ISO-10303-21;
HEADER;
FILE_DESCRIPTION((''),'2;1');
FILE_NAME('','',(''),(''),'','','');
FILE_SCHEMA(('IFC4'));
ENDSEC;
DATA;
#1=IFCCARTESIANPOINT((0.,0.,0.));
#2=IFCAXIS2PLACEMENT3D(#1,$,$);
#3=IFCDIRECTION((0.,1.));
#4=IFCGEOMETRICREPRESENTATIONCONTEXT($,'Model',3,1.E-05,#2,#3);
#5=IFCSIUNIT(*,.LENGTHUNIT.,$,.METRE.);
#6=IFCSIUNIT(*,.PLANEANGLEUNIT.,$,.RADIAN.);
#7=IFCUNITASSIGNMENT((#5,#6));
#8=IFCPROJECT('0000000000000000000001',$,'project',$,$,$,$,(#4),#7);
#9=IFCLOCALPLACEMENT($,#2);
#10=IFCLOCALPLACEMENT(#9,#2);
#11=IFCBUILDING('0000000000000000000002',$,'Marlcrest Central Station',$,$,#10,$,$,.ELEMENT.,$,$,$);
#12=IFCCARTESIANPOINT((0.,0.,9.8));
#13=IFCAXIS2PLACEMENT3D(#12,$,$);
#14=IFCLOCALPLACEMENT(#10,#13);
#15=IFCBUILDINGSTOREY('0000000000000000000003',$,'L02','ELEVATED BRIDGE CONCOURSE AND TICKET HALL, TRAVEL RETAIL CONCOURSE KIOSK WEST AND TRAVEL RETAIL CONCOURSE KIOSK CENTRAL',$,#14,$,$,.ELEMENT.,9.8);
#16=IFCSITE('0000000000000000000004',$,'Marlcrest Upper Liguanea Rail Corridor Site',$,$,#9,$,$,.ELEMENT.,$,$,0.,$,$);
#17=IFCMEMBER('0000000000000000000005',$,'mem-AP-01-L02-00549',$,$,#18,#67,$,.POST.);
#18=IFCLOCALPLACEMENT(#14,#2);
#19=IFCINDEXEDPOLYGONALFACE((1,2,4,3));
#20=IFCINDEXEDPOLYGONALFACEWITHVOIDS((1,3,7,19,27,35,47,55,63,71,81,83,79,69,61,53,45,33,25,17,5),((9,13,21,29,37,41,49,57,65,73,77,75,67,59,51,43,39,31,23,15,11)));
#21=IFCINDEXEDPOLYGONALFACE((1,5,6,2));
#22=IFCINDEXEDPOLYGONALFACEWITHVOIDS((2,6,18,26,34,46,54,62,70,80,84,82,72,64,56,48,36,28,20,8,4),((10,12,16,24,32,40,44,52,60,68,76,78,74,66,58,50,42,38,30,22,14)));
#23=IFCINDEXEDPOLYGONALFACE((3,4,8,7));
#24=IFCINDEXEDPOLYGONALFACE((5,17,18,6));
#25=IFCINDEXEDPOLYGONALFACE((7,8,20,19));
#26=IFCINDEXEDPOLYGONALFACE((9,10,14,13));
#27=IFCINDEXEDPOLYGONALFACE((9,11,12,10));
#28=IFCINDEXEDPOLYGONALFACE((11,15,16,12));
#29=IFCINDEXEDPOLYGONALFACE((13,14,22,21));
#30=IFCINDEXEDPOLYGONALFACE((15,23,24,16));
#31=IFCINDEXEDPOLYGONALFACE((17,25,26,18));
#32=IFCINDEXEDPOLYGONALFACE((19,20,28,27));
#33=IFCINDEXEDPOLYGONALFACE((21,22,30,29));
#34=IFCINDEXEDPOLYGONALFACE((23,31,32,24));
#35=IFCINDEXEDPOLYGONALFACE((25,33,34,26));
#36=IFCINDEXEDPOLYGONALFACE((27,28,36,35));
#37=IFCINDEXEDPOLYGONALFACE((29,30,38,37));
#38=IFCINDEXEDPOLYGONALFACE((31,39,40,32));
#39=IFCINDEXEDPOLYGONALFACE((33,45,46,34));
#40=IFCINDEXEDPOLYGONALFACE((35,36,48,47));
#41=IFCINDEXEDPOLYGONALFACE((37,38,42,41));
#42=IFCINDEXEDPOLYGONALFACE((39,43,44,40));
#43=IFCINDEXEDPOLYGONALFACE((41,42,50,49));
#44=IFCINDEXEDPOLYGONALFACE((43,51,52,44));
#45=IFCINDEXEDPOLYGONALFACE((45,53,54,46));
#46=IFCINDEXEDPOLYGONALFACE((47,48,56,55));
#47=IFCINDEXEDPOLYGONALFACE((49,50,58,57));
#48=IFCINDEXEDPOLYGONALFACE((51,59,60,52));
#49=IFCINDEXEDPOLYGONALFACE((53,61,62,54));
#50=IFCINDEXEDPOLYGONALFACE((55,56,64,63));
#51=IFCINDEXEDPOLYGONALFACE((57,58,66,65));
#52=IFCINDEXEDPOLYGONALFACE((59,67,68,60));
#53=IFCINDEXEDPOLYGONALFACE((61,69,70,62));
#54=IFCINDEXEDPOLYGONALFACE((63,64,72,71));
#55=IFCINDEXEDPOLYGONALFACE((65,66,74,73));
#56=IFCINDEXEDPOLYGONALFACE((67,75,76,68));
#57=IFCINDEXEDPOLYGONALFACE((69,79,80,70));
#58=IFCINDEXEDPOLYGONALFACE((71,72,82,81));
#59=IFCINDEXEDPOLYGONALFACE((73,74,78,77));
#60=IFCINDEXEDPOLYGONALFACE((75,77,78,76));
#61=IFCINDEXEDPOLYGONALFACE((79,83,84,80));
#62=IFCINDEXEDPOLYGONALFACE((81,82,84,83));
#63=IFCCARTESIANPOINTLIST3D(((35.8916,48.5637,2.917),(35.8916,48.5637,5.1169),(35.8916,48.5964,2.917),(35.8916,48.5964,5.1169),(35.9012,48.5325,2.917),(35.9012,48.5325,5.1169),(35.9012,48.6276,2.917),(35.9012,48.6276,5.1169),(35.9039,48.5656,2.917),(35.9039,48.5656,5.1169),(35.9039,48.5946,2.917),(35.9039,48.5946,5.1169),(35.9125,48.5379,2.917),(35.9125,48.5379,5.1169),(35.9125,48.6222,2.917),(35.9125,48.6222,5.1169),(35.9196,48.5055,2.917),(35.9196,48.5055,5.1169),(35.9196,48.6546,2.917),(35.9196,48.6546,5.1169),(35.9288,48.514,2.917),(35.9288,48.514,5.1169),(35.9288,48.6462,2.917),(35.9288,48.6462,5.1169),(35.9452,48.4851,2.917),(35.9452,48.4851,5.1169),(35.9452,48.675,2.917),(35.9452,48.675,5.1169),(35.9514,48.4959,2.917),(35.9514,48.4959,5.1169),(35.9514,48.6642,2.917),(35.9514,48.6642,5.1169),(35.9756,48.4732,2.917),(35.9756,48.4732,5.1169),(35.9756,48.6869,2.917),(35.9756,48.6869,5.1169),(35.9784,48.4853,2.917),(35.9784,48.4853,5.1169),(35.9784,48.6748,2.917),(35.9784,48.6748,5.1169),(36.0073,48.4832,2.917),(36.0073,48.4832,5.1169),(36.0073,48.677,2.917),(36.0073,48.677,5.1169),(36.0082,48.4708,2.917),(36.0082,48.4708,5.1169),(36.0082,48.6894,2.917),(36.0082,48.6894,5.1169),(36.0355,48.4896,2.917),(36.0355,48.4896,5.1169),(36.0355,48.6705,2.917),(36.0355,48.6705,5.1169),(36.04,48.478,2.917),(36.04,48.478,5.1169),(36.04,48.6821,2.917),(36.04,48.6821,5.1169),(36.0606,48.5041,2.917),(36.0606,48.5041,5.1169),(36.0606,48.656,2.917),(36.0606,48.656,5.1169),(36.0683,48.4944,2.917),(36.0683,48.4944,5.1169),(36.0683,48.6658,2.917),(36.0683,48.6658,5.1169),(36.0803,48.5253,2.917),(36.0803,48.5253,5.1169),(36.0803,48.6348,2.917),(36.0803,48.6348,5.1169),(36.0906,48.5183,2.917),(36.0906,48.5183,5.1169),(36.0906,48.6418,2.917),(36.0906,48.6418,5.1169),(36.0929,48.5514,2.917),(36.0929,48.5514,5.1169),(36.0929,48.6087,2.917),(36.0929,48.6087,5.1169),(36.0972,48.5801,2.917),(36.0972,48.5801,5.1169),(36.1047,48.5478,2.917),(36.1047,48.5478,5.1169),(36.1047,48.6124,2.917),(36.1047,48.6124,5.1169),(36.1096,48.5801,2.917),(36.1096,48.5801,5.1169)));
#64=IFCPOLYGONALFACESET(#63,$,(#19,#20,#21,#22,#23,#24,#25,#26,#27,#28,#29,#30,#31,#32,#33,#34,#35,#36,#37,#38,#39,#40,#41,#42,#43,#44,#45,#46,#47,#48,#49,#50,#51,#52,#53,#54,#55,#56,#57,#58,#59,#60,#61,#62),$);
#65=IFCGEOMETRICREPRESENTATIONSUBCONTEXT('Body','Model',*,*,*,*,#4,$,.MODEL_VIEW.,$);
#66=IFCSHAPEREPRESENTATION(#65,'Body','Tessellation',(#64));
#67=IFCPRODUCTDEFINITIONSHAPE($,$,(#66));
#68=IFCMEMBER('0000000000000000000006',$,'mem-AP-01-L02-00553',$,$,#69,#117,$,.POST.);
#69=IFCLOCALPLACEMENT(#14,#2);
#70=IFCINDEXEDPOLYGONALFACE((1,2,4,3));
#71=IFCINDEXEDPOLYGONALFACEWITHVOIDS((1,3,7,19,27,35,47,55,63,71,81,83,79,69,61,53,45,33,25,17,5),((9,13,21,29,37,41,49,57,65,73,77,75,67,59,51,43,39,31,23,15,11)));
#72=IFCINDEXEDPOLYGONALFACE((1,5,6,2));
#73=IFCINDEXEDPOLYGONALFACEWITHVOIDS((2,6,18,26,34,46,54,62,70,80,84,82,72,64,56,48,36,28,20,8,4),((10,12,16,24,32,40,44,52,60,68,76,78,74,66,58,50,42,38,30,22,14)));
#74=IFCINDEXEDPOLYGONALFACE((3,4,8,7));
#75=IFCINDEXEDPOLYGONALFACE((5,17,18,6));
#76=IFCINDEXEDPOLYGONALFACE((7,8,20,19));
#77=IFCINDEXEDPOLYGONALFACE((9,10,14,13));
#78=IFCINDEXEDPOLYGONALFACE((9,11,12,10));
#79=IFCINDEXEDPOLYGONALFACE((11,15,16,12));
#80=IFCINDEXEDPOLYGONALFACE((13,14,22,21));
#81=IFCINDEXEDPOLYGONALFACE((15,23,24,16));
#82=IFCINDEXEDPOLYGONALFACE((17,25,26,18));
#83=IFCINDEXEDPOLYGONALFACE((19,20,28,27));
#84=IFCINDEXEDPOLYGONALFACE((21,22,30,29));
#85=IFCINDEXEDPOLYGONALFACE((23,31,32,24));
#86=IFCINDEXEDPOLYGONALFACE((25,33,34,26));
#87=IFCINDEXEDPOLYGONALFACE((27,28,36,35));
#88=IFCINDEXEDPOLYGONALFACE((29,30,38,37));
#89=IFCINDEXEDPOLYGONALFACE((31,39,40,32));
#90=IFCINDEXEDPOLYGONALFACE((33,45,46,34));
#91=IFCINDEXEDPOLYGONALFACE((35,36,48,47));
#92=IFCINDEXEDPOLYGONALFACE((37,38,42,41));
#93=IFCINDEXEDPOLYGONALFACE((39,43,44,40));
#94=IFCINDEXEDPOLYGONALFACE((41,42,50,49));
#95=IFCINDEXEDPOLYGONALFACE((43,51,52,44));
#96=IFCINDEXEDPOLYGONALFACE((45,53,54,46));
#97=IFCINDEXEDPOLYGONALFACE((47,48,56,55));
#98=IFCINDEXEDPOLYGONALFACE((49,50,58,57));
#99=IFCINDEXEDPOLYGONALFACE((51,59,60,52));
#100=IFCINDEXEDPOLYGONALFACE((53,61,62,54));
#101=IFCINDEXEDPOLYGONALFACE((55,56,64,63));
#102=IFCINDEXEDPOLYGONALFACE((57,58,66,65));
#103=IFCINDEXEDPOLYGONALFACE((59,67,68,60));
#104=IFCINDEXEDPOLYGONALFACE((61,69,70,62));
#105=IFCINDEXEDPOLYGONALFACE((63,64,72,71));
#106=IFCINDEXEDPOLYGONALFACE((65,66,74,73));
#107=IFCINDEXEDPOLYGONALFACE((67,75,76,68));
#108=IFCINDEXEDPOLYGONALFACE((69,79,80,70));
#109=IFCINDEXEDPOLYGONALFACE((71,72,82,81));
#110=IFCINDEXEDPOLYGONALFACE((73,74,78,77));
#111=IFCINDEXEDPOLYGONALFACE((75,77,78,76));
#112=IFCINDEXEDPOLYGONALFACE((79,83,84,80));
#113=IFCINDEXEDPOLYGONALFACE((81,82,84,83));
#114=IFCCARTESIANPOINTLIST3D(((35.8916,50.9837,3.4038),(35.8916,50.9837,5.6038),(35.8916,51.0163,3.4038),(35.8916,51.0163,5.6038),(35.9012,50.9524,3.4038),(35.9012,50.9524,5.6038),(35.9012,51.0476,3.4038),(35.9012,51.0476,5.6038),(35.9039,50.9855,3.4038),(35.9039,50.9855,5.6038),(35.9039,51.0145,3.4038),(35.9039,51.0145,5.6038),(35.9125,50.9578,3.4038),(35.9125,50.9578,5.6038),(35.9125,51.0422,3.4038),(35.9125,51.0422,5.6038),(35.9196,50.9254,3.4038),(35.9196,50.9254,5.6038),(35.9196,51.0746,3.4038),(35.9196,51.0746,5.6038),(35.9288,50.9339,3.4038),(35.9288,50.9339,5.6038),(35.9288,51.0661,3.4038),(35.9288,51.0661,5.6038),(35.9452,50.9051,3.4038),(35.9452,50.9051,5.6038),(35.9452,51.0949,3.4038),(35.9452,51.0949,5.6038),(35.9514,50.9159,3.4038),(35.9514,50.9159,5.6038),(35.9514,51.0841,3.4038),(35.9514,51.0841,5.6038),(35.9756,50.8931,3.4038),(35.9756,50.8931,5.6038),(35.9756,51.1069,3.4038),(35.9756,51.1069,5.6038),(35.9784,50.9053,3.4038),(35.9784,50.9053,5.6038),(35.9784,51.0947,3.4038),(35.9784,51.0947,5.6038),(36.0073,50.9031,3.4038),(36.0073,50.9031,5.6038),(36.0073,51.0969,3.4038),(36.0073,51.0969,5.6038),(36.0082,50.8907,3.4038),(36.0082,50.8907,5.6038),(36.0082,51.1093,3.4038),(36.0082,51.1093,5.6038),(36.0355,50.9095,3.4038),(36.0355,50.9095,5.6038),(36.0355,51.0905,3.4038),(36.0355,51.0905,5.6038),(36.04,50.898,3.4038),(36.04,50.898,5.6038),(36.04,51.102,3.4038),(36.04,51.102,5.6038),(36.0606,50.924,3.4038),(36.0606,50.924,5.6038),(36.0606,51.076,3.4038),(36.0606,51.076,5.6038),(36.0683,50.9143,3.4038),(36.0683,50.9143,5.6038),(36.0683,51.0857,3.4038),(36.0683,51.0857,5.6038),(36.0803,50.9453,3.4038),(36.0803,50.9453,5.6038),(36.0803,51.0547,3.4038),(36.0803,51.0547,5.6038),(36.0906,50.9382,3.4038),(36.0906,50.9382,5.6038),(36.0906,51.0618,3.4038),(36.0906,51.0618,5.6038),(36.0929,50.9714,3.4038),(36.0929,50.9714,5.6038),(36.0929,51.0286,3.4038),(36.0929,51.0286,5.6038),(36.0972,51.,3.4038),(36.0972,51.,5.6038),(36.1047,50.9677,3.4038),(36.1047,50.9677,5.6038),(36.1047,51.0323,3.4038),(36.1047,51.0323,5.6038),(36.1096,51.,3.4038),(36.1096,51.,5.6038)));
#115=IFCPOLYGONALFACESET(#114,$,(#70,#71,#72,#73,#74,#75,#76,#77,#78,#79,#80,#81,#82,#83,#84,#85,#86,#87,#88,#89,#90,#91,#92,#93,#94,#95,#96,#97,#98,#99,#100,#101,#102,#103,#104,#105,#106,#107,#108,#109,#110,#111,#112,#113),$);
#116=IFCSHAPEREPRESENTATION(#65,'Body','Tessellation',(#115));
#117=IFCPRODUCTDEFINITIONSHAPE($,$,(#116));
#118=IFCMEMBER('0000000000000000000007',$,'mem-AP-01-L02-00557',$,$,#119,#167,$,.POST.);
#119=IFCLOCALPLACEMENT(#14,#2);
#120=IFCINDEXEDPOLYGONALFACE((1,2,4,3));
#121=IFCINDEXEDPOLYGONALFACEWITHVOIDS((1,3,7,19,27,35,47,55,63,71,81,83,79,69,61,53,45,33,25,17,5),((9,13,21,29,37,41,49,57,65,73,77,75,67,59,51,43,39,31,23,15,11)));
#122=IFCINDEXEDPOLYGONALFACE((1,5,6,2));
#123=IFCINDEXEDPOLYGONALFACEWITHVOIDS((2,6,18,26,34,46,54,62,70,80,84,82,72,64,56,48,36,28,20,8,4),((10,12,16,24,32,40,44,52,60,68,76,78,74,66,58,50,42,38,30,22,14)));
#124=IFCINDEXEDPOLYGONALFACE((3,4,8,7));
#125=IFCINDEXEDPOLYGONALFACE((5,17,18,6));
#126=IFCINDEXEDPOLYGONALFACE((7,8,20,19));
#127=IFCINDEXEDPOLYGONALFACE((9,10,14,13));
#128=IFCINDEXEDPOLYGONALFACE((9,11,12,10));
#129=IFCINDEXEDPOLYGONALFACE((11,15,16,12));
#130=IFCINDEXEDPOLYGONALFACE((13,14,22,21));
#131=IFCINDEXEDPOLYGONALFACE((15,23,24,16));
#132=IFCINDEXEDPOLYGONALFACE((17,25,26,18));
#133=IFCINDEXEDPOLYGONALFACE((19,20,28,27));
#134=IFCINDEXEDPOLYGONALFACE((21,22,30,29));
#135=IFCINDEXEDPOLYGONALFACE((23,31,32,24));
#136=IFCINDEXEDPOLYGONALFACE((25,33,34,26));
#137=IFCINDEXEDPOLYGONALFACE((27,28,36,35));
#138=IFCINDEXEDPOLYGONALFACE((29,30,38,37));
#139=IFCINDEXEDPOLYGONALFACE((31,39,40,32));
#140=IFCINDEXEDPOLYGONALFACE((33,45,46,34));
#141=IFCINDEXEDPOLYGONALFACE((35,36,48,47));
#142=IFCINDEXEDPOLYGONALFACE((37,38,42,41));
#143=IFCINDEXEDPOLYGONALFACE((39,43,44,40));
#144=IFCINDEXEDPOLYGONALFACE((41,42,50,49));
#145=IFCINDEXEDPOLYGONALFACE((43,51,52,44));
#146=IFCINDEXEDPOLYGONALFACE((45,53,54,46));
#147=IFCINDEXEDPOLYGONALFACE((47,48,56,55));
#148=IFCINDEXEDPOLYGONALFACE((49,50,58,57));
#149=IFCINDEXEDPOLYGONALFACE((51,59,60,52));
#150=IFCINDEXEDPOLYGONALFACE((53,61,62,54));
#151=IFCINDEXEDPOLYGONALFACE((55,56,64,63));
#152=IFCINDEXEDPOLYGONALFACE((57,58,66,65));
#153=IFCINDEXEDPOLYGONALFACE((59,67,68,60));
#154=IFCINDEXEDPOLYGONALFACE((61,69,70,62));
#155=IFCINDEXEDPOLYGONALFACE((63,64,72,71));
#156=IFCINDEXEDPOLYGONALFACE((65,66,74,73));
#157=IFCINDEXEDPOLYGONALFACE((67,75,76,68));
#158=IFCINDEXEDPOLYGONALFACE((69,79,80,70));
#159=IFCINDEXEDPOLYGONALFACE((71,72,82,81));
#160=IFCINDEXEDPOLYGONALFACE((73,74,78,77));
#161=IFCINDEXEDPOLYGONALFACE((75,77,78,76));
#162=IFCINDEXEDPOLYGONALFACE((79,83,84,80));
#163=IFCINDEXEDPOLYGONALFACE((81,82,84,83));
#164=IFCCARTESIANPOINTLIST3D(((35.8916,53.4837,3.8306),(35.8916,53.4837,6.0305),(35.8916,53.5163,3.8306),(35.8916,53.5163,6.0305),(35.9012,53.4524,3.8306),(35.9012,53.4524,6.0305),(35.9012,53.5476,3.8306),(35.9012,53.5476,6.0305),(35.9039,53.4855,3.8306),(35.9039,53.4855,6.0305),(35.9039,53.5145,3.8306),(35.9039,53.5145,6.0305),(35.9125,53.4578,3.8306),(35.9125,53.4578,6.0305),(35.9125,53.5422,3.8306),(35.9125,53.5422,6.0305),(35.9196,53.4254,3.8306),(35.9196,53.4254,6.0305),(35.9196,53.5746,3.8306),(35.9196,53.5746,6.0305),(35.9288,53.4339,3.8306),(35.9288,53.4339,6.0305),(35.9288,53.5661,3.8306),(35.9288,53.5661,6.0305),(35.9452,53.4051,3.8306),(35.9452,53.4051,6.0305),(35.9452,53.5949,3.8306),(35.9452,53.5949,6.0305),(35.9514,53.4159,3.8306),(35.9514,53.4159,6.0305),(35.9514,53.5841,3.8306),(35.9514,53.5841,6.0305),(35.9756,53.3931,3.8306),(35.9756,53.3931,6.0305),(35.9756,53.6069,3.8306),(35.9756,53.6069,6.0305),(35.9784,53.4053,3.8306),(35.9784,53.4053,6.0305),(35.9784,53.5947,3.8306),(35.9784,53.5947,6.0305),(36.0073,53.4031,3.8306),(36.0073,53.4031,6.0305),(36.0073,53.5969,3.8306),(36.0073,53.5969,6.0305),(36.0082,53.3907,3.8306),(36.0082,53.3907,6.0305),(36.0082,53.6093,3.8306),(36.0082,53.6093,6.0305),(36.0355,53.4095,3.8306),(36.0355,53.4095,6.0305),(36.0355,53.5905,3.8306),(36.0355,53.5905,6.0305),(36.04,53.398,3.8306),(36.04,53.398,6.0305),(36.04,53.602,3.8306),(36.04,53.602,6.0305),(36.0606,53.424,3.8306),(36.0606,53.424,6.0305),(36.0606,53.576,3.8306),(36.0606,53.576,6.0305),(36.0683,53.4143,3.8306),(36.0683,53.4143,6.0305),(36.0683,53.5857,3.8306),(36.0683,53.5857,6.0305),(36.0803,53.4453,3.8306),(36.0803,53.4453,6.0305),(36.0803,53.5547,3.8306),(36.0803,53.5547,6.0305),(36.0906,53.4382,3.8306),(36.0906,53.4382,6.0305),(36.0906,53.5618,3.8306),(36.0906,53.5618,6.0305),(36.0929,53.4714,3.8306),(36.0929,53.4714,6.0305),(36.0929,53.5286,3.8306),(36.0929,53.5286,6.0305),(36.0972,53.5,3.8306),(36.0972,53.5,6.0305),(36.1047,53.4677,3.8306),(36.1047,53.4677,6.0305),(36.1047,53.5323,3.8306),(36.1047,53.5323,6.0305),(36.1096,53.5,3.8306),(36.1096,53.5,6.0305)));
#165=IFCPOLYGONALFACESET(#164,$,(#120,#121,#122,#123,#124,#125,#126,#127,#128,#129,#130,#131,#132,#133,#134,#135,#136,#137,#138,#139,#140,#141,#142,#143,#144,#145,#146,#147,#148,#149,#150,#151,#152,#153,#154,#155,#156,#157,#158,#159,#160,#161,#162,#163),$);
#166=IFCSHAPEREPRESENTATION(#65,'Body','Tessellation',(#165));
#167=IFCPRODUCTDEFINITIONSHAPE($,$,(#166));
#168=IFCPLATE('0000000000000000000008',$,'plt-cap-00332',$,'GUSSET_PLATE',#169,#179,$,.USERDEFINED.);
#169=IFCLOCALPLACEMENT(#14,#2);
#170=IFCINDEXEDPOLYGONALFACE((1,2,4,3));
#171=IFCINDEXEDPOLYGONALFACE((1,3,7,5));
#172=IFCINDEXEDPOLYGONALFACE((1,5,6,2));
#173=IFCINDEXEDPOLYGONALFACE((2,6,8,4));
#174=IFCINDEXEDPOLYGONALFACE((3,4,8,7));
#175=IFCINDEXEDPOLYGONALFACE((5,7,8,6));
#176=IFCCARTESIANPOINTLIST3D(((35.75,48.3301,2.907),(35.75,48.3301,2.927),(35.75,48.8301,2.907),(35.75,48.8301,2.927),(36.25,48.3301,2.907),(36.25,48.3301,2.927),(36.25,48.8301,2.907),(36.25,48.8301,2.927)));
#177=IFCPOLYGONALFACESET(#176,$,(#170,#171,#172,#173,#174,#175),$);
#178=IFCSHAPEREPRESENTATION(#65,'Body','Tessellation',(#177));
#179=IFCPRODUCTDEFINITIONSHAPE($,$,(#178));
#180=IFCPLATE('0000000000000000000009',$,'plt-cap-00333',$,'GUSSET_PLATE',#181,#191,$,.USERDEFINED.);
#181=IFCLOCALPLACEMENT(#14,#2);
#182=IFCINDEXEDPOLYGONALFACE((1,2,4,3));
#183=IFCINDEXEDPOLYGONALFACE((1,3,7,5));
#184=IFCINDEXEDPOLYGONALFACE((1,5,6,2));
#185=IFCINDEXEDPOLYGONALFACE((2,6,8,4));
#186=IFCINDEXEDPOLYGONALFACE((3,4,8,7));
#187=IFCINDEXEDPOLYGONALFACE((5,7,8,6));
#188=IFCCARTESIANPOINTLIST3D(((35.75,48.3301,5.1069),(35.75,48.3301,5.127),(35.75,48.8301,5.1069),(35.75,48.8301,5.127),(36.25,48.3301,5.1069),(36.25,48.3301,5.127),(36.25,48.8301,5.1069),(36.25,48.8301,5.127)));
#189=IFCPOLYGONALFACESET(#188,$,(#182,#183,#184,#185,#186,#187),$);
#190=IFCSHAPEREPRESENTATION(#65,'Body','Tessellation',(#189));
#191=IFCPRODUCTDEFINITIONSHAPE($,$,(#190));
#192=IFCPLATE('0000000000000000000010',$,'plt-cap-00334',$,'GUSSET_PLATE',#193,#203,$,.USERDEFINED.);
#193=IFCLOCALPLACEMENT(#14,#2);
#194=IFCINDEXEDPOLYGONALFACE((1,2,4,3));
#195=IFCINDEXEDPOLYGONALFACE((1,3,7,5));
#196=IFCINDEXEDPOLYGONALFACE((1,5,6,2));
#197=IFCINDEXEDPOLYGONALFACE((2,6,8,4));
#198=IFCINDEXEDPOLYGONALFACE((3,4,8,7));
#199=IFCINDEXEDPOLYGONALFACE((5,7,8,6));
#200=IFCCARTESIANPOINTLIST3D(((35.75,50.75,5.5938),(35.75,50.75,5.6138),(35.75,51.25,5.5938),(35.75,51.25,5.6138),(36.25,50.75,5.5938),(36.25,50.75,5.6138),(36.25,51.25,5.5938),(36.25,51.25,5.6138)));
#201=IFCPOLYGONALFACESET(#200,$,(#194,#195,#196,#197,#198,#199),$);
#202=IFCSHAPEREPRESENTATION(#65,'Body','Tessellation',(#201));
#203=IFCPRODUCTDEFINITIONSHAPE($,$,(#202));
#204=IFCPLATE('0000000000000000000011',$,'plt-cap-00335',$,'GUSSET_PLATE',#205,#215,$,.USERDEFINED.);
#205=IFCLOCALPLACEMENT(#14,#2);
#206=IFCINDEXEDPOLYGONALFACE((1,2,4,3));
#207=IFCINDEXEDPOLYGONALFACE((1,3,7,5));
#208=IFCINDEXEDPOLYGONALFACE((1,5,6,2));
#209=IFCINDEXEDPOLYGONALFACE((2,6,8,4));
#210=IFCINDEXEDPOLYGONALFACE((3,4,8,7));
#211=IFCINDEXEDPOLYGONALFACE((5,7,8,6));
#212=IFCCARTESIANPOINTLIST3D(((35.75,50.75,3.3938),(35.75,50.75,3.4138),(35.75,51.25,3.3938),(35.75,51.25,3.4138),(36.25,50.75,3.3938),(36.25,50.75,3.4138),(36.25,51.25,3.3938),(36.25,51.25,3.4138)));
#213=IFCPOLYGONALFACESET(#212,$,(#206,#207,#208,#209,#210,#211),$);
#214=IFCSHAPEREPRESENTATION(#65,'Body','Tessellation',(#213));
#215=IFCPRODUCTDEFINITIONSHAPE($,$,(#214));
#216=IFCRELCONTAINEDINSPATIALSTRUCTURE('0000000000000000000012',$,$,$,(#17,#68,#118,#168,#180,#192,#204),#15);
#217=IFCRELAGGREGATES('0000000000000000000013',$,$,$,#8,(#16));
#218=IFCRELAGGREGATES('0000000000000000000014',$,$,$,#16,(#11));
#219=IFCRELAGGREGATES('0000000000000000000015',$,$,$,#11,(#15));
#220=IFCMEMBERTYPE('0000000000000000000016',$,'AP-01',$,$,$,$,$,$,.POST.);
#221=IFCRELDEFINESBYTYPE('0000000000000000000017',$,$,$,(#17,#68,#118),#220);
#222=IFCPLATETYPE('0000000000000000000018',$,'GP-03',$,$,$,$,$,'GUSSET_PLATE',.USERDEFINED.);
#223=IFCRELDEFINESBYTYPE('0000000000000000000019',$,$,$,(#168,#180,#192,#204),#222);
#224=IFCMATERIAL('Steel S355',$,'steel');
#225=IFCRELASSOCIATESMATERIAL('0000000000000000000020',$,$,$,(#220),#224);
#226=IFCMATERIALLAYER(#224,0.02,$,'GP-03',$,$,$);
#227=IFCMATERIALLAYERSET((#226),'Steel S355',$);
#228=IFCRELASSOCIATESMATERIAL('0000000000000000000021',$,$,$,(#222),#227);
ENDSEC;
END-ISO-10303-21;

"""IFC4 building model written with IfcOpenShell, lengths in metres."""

from ifc_helpers import new_model, si_unit, direction, frame, origin, origin_2d, place, context, subcontext, project, spatial, rectangle, hollow_circle, extrude, material, layer, layer_set, material_profile, profile_set, type_object, element, save


model = new_model("IFC4")

# Units and contexts
model_context = context("Model", 3, precision=1e-05, world=origin(), true_north=direction((0.0, 1.0)))
body_context = subcontext(model_context, "Body", "Model", "MODEL_VIEW")
ifc_project = project(units=[si_unit("LENGTHUNIT", "METRE"), si_unit("PLANEANGLEUNIT", "RADIAN")], contexts=[model_context])

# Site, building, storey
site_placement = place(None, origin())
site = spatial("IfcSite", under=ifc_project, at=site_placement, Name="Marlcrest Upper Liguanea Rail Corridor Site", CompositionType="ELEMENT", RefElevation=0.0)
building_placement = place(site_placement, origin())
building = spatial("IfcBuilding", under=site, at=building_placement, Name="Marlcrest Central Station", CompositionType="ELEMENT")
storey_placement = place(building_placement, frame((0.0, 0.0, 9.8)))
storey = spatial("IfcBuildingStorey", under=building, at=storey_placement, Name="L02", Description="ELEVATED BRIDGE CONCOURSE AND TICKET HALL, TRAVEL RETAIL CONCOURSE KIOSK WEST AND TRAVEL RETAIL CONCOURSE KIOSK CENTRAL", CompositionType="ELEMENT", Elevation=9.8)

# Members
ifc_material = material(Name="Steel S355", Category="steel")
ifc_material_profile_1 = material_profile(ifc_material, hollow_circle(Radius=0.1096, WallThickness=0.0125, at=origin_2d()), Name="CHS 219.1x12.5")
ifc_profile_set_1 = profile_set([ifc_material_profile_1], Name="Steel S355")
member_type_1 = type_object("IfcMemberType", Name="AP-01", PredefinedType="POST", material=ifc_profile_set_1)
for number, where, z_axis, x_axis, name in (
    (1, (36.0, 48.5801, 2.917), (0.0, 0.0, 1.0), (1.0, 0.0, 0.0), "mem-AP-01-L02-00549"),
    (2, (36.0, 51.0, 3.4038), (0.0, 0.0, 1.0), (1.0, 0.0, 0.0), "mem-AP-01-L02-00553"),
    (3, (36.0, 53.5, 3.8306), (0.0, 0.0, 1.0), (1.0, 0.0, 0.0), "mem-AP-01-L02-00557"),
):
    element("IfcMember", number, at=place(storey_placement, frame(where, z_axis=z_axis, x_axis=x_axis)), inside=storey, type_object=member_type_1, Name=name, PredefinedType="POST", context=body_context, shape_type="SweptSolid", body=[
        extrude(hollow_circle(Radius=0.1096, WallThickness=0.0125, at=origin_2d()), origin(), (0.0, 0.0, 1.0), 2.2),
    ])

# Plates
ifc_layer = layer(ifc_material, 0.02, Name="GP-03")
ifc_layer_set = layer_set([ifc_layer], Name="Steel S355")
plate_type = type_object("IfcPlateType", Name="GP-03", ElementType="GUSSET_PLATE", PredefinedType="USERDEFINED", material=ifc_layer_set)
for number, where, z_axis, x_axis, name in (
    (4, (36.0, 48.5801, 2.907), (0.0, 0.0, 1.0), (1.0, 0.0, 0.0), "plt-cap-00332"),
    (5, (36.0, 48.5801, 5.1069), (0.0, 0.0, 1.0), (1.0, 0.0, 0.0), "plt-cap-00333"),
    (6, (36.0, 51.0, 5.5938), (0.0, 0.0, 1.0), (1.0, 0.0, 0.0), "plt-cap-00334"),
    (7, (36.0, 51.0, 3.3938), (0.0, 0.0, 1.0), (1.0, 0.0, 0.0), "plt-cap-00335"),
):
    element("IfcPlate", number, at=place(storey_placement, frame(where, z_axis=z_axis, x_axis=x_axis)), inside=storey, type_object=plate_type, Name=name, ObjectType="GUSSET_PLATE", PredefinedType="USERDEFINED", context=body_context, shape_type="SweptSolid", body=[
        extrude(rectangle(XDim=0.5, YDim=0.5, at=origin_2d()), origin(), (0.0, 0.0, 1.0), 0.02),
    ])

save(model, "model.ifc")
